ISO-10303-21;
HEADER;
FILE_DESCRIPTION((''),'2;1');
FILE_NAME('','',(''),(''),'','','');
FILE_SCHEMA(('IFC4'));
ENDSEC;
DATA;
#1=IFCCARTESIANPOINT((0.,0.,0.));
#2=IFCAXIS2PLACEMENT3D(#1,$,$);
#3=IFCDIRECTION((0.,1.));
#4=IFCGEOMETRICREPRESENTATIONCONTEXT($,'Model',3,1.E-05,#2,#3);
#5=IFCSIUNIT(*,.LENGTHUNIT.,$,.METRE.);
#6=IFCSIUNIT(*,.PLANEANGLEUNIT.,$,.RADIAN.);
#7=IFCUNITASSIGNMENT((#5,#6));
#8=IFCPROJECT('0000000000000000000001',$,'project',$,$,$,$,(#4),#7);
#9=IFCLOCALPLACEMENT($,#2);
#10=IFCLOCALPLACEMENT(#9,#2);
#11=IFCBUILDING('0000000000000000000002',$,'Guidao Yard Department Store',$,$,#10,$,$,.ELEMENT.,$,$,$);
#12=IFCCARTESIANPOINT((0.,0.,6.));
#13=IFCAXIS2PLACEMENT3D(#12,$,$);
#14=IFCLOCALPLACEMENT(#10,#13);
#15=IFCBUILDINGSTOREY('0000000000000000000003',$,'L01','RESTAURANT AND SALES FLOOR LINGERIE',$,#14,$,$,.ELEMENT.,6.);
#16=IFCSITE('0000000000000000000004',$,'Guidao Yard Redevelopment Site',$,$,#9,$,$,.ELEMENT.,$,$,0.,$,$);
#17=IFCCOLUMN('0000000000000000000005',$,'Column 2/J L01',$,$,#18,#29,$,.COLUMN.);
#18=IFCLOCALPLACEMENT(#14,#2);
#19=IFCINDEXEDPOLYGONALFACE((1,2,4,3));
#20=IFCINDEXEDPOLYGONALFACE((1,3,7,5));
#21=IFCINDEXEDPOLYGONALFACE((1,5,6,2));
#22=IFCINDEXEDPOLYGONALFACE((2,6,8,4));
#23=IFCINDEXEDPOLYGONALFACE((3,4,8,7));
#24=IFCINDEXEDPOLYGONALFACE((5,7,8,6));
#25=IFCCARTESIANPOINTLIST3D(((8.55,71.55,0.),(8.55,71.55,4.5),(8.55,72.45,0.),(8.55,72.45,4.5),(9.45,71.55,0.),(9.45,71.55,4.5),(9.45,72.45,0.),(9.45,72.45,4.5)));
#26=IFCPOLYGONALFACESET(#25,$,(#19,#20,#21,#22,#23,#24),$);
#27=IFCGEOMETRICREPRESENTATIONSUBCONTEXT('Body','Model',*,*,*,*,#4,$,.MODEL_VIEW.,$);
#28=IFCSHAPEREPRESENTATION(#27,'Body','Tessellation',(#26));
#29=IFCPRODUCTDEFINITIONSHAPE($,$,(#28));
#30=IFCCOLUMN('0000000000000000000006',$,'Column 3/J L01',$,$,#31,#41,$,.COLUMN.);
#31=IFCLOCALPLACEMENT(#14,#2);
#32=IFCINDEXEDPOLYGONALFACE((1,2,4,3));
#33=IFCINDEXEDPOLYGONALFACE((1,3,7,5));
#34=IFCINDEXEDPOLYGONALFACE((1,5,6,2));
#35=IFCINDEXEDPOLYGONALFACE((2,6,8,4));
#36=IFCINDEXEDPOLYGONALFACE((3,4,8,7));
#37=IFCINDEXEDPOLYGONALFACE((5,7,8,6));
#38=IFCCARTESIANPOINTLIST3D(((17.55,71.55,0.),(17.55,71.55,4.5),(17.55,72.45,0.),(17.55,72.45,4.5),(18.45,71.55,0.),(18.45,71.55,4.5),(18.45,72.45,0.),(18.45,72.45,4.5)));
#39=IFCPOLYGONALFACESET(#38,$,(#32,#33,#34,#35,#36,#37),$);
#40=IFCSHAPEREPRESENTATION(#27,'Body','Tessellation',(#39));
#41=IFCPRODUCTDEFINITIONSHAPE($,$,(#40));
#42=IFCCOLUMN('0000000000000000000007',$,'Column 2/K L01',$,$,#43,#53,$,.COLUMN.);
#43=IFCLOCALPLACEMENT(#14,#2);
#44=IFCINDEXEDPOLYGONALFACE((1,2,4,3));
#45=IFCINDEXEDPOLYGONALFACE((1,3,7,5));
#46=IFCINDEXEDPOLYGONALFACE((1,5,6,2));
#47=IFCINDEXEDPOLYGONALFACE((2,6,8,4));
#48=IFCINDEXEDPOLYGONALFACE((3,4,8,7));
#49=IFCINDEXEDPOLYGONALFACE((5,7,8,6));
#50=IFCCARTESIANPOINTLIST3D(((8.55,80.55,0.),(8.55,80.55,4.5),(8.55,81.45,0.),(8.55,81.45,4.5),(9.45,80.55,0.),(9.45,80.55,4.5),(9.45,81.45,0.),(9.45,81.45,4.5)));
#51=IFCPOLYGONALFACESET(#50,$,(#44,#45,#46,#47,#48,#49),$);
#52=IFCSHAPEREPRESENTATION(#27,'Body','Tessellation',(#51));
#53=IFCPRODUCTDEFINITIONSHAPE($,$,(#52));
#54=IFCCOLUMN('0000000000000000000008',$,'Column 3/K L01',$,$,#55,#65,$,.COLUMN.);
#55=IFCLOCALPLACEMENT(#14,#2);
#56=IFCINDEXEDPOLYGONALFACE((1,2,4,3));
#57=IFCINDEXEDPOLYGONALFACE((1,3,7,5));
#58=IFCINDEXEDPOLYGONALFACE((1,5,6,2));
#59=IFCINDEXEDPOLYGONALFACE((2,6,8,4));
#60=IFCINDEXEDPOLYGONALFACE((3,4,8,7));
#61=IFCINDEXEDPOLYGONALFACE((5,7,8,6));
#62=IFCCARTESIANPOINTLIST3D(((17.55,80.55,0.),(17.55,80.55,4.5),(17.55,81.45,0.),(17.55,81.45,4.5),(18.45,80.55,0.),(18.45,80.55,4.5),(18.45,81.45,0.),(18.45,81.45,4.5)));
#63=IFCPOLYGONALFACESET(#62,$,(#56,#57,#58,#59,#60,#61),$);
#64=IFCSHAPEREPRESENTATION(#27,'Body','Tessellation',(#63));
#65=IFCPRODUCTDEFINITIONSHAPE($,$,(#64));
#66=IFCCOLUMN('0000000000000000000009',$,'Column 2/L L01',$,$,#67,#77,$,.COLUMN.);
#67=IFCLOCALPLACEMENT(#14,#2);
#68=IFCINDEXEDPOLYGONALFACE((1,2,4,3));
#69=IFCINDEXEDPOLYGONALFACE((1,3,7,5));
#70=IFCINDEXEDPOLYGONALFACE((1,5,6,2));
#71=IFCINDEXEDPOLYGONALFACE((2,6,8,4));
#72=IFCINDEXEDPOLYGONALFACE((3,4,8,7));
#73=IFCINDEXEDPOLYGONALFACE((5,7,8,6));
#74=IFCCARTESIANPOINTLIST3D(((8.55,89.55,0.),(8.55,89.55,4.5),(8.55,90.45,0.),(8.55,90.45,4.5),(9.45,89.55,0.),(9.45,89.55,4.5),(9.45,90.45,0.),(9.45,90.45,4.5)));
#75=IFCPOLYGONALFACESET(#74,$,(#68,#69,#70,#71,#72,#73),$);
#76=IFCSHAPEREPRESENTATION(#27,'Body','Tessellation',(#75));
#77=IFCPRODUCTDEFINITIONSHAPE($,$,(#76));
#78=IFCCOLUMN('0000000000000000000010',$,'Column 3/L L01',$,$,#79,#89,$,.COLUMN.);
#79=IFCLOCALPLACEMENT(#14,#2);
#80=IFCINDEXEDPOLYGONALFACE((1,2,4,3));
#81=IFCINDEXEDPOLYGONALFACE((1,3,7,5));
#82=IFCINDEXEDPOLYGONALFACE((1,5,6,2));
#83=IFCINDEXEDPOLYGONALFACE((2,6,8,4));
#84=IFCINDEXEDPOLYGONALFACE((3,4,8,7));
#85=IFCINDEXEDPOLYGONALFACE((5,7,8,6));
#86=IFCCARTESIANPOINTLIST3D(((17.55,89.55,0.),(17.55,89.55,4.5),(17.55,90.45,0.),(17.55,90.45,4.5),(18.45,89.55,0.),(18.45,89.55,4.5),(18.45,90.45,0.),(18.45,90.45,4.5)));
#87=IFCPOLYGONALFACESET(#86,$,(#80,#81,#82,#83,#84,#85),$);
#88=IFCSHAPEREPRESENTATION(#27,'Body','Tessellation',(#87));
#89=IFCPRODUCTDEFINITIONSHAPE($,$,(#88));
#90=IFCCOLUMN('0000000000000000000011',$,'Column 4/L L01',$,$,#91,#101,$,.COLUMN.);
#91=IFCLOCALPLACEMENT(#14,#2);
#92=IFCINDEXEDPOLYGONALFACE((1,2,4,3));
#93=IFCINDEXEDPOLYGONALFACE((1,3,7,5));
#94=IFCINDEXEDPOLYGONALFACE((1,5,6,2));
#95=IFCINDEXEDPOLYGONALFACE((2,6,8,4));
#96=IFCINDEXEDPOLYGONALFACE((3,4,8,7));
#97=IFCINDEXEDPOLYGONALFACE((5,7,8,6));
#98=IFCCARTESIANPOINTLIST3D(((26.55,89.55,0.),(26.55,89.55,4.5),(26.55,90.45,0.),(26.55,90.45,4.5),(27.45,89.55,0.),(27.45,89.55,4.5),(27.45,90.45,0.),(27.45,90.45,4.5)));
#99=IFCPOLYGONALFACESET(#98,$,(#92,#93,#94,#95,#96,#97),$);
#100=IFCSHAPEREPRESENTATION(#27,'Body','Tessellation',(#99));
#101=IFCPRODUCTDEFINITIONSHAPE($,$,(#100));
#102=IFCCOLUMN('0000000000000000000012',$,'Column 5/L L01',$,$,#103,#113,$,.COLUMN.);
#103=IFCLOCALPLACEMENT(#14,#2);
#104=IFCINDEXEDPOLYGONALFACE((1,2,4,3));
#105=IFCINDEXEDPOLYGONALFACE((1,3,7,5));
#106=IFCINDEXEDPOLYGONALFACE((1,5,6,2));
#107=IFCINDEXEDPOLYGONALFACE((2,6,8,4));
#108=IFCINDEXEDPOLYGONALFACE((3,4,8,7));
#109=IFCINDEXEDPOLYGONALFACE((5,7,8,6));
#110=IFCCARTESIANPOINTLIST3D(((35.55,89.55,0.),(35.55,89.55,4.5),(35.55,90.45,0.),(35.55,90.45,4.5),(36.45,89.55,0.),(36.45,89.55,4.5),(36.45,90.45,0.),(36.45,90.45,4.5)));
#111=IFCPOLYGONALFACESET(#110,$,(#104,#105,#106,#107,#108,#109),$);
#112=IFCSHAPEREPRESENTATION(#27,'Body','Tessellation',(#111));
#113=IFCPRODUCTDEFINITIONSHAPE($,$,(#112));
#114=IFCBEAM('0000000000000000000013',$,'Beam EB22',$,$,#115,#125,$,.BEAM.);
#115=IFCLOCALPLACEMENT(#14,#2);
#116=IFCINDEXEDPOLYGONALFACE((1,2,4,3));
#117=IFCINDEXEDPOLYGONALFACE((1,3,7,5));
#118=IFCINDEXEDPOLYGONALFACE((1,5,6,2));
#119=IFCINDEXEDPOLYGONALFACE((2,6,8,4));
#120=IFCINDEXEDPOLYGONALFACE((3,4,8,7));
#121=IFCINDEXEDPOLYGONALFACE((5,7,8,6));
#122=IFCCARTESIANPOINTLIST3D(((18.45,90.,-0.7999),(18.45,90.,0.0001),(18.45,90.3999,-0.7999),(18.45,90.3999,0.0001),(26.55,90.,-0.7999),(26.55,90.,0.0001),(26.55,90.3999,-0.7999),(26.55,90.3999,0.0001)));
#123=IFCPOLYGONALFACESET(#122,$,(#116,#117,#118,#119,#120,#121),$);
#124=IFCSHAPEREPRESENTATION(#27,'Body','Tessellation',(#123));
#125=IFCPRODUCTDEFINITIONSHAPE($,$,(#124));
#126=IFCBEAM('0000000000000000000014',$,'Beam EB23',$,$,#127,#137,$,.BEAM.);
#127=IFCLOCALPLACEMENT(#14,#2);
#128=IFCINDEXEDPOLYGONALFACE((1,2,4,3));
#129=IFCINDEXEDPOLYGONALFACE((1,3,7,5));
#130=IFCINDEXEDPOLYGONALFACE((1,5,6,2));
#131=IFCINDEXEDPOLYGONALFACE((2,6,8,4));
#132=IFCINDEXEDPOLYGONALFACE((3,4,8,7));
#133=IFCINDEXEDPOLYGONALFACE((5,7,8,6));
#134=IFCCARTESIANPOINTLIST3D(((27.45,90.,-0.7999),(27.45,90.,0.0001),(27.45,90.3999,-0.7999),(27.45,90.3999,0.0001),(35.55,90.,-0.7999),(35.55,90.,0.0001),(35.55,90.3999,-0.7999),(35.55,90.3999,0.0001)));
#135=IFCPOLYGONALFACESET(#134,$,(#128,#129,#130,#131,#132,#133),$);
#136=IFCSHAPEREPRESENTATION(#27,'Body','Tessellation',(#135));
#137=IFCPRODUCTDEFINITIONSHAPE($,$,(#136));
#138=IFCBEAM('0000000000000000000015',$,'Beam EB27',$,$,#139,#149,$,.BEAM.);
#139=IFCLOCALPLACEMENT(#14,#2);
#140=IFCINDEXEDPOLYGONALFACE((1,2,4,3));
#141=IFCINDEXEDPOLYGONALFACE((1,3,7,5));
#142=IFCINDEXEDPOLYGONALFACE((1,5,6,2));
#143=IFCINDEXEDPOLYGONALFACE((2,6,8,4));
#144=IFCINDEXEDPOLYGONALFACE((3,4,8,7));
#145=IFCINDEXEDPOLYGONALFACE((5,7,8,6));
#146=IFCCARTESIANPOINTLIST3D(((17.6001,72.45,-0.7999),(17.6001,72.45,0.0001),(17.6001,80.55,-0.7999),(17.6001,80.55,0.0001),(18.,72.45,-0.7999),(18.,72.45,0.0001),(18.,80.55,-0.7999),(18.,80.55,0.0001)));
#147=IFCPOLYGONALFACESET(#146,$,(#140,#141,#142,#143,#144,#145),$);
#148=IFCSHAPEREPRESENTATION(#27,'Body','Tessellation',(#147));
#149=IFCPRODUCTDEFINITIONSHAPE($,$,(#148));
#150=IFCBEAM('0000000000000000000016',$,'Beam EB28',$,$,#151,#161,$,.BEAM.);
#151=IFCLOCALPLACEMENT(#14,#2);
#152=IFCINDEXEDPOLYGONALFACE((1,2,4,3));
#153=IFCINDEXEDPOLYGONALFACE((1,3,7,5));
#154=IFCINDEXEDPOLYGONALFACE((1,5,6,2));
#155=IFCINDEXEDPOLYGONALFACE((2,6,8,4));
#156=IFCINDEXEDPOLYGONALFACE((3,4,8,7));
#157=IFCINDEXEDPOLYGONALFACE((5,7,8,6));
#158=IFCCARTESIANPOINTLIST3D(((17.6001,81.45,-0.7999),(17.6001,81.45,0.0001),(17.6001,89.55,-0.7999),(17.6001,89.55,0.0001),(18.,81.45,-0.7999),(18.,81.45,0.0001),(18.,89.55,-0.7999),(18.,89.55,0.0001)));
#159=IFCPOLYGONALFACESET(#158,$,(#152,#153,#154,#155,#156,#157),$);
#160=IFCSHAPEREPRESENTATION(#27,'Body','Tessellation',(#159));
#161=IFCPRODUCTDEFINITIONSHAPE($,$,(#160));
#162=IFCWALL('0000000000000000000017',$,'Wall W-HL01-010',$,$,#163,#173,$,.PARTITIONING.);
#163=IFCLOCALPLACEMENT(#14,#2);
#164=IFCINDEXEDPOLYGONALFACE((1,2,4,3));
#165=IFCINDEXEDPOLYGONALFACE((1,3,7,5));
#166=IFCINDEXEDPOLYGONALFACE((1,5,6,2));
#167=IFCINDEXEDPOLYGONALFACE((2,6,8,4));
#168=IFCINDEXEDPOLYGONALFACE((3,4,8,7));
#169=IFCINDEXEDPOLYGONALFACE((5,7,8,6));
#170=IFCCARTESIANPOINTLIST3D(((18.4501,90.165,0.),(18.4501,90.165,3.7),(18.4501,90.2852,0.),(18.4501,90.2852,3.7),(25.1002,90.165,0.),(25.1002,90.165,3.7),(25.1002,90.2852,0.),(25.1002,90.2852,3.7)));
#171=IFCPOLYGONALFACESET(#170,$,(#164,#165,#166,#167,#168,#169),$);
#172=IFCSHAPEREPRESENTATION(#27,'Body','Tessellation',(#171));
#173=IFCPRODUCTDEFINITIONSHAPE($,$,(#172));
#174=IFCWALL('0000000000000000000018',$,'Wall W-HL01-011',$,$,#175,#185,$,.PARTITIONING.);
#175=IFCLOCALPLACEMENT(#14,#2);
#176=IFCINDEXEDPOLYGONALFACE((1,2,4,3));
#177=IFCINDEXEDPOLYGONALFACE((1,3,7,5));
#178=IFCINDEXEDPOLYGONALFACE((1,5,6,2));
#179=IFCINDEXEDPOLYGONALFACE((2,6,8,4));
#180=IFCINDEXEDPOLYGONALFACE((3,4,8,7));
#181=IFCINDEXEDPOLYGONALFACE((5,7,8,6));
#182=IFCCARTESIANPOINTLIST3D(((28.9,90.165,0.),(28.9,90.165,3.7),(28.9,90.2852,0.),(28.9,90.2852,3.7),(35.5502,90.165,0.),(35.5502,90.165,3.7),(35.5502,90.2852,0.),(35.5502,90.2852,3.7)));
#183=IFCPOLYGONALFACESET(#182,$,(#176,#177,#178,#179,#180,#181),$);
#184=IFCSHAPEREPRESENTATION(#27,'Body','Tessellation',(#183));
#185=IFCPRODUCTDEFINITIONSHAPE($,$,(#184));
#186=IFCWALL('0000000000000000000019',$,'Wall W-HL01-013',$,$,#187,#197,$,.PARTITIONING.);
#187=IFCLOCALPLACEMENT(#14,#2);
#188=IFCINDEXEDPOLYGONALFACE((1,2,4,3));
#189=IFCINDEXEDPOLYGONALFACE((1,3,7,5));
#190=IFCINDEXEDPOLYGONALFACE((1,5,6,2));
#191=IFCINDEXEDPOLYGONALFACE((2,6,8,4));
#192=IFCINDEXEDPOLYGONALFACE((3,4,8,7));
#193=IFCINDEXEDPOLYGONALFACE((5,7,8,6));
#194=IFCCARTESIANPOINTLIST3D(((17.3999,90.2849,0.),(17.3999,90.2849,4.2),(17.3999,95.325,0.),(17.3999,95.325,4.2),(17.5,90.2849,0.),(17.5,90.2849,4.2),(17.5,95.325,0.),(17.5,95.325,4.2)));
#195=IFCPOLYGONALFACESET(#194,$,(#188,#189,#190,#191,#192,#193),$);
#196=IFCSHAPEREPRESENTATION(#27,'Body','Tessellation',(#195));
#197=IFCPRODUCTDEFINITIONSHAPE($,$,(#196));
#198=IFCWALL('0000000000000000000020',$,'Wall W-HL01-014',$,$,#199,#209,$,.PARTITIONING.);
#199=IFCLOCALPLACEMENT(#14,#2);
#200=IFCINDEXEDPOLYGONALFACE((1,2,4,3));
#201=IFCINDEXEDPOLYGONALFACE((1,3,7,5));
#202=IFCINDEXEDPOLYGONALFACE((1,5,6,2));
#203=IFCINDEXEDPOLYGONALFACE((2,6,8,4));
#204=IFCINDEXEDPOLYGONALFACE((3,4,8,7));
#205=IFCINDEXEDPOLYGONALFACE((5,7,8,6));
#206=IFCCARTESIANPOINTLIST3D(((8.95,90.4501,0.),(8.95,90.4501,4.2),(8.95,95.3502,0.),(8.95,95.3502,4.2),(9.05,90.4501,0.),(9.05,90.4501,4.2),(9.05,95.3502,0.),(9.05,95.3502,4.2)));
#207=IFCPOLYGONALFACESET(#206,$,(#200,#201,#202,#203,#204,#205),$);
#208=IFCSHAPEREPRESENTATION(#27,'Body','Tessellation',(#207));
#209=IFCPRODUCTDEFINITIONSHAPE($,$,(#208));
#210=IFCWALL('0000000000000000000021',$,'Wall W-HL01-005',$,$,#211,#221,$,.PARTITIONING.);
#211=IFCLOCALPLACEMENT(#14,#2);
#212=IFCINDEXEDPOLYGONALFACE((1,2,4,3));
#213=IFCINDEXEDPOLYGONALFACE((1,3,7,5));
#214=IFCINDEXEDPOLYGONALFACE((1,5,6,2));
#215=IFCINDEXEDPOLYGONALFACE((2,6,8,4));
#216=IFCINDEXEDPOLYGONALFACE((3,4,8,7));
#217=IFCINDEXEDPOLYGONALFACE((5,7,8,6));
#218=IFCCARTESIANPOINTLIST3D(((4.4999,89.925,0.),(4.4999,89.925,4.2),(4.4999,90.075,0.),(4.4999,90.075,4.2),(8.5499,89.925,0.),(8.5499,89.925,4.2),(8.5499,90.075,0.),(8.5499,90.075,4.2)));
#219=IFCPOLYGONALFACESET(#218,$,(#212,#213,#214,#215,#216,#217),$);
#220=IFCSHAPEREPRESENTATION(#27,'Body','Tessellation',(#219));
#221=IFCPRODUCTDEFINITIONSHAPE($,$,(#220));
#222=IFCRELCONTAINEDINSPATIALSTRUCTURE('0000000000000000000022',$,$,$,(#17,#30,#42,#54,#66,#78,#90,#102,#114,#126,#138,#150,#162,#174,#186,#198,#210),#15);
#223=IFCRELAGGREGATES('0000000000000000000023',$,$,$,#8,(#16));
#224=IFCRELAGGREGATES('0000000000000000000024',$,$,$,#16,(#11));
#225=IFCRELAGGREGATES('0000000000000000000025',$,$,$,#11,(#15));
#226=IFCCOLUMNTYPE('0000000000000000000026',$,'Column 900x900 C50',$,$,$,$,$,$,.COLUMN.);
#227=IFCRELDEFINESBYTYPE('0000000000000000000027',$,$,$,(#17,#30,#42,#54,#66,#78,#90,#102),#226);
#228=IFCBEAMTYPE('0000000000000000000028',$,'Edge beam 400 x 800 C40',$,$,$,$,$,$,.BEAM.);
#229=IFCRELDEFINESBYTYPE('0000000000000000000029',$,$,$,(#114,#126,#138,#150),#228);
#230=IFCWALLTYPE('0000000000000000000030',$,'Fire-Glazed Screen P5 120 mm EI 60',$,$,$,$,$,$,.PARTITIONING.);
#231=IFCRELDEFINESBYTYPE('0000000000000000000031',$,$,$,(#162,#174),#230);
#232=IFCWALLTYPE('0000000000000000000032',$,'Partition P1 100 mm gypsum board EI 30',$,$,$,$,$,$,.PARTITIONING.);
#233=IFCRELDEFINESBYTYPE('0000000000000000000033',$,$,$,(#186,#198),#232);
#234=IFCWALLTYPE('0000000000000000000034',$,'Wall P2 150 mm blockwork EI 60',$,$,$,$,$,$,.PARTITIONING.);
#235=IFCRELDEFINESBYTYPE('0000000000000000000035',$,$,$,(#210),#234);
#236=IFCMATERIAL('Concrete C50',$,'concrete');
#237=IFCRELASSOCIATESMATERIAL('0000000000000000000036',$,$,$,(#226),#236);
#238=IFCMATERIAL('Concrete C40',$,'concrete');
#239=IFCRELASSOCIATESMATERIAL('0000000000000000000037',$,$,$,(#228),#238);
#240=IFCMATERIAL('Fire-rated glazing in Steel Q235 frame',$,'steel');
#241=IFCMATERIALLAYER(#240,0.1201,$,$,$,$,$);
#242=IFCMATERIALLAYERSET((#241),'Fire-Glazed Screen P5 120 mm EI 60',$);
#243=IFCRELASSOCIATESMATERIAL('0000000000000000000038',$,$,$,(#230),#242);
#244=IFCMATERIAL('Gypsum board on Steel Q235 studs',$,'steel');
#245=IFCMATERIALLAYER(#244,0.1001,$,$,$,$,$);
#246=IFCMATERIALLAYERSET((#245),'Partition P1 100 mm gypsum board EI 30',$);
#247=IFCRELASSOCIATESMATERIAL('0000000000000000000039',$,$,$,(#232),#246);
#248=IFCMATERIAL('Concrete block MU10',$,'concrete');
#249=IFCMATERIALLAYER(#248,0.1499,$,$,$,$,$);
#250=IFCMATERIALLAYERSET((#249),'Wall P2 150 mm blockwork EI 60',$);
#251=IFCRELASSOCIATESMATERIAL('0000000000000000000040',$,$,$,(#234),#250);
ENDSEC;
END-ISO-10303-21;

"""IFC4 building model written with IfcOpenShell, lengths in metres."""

from ifc_helpers import new_model, si_unit, direction, frame, frame_2d, origin, origin_2d, place, context, subcontext, project, spatial, rectangle, extrude, material, layer, layer_set, material_profile, profile_set, type_object, element, save


model = new_model("IFC4")

# Units and contexts
model_context = context("Model", 3, precision=1e-05, world=origin(), true_north=direction((0.0, 1.0)))
body_context = subcontext(model_context, "Body", "Model", "MODEL_VIEW")
ifc_project = project(units=[si_unit("LENGTHUNIT", "METRE"), si_unit("PLANEANGLEUNIT", "RADIAN")], contexts=[model_context])

# Site, building, storey
site_placement = place(None, origin())
site = spatial("IfcSite", under=ifc_project, at=site_placement, Name="Guidao Yard Redevelopment Site", CompositionType="ELEMENT", RefElevation=0.0)
building_placement = place(site_placement, origin())
building = spatial("IfcBuilding", under=site, at=building_placement, Name="Guidao Yard Department Store", CompositionType="ELEMENT")
storey_placement = place(building_placement, frame((0.0, 0.0, 6.0)))
storey = spatial("IfcBuildingStorey", under=building, at=storey_placement, Name="L01", Description="RESTAURANT AND SALES FLOOR LINGERIE", CompositionType="ELEMENT", Elevation=6.0)

# Columns
ifc_material_1 = material(Name="Concrete C50", Category="concrete")
ifc_material_profile_1 = material_profile(ifc_material_1, rectangle(XDim=0.8999, YDim=0.8999, at=origin_2d()), Name="COL 900x900")
ifc_profile_set_1 = profile_set([ifc_material_profile_1], Name="Concrete C50")
column_type = type_object("IfcColumnType", Name="Column 900x900 C50", PredefinedType="COLUMN", material=ifc_profile_set_1)
for number, where, z_axis, x_axis, name in (
    (1, (9.0, 72.0, 0.0), (0.0, 0.0, 1.0), (1.0, 0.0, 0.0), "Column 2/J L01"),
    (2, (18.0, 72.0, 0.0), (0.0, 0.0, 1.0), (1.0, 0.0, 0.0), "Column 3/J L01"),
    (3, (9.0, 81.0, 0.0), (0.0, 0.0, 1.0), (1.0, 0.0, 0.0), "Column 2/K L01"),
    (4, (18.0, 81.0, 0.0), (0.0, 0.0, 1.0), (1.0, 0.0, 0.0), "Column 3/K L01"),
    (5, (9.0, 90.0, 0.0), (0.0, 0.0, 1.0), (1.0, 0.0, 0.0), "Column 2/L L01"),
    (6, (18.0, 90.0, 0.0), (0.0, 0.0, 1.0), (1.0, 0.0, 0.0), "Column 3/L L01"),
    (7, (27.0, 90.0, 0.0), (0.0, 0.0, 1.0), (1.0, 0.0, 0.0), "Column 4/L L01"),
    (8, (36.0, 90.0, 0.0), (0.0, 0.0, 1.0), (1.0, 0.0, 0.0), "Column 5/L L01"),
):
    element("IfcColumn", number, at=place(storey_placement, frame(where, z_axis=z_axis, x_axis=x_axis)), inside=storey, type_object=column_type, Name=name, PredefinedType="COLUMN", context=body_context, shape_type="SweptSolid", body=[
        extrude(rectangle(XDim=0.8999, YDim=0.8999, at=origin_2d()), origin(), (0.0, 0.0, 1.0), 4.5),
    ])

# Beams
ifc_material_2 = material(Name="Concrete C40", Category="concrete")
ifc_material_profile_2 = material_profile(ifc_material_2, rectangle(XDim=0.3999, YDim=0.8, at=origin_2d()), Name="Edge beam 400 x 800 C40")
ifc_profile_set_2 = profile_set([ifc_material_profile_2], Name="Concrete C40")
beam_type = type_object("IfcBeamType", Name="Edge beam 400 x 800 C40", PredefinedType="BEAM", material=ifc_profile_set_2)
for number, where, z_axis, x_axis, name in (
    (9, (18.45, 90.2, -0.3999), (1.0, 0.0, 0.0), (0.0, 1.0, 0.0), "Beam EB22"),
    (10, (27.45, 90.2, -0.3999), (1.0, 0.0, 0.0), (0.0, 1.0, 0.0), "Beam EB23"),
    (11, (17.8, 72.45, -0.3999), (0.0, 1.0, 0.0), (-1.0, 0.0, 0.0), "Beam EB27"),
    (12, (17.8, 81.45, -0.3999), (0.0, 1.0, 0.0), (-1.0, 0.0, 0.0), "Beam EB28"),
):
    element("IfcBeam", number, at=place(storey_placement, frame(where, z_axis=z_axis, x_axis=x_axis)), inside=storey, type_object=beam_type, Name=name, PredefinedType="BEAM", context=body_context, shape_type="SweptSolid", body=[
        extrude(rectangle(XDim=0.3999, YDim=0.8, at=origin_2d()), origin(), (0.0, 0.0, 1.0), 8.1001),
    ])

# Walls
ifc_material_3 = material(Name="Fire-rated glazing in Steel Q235 frame", Category="steel")
ifc_layer_1 = layer(ifc_material_3, 0.1201)
ifc_layer_set_1 = layer_set([ifc_layer_1], Name="Fire-Glazed Screen P5 120 mm EI 60")
wall_type_1 = type_object("IfcWallType", Name="Fire-Glazed Screen P5 120 mm EI 60", PredefinedType="PARTITIONING", material=ifc_layer_set_1)
for number, where, z_axis, x_axis, name in (
    (13, (18.45, 90.2251, 0.0), (0.0, 0.0, 1.0), (1.0, 0.0, 0.0), "Wall W-HL01-010"),
    (14, (28.8999, 90.2251, 0.0), (0.0, 0.0, 1.0), (1.0, 0.0, 0.0), "Wall W-HL01-011"),
):
    element("IfcWall", number, at=place(storey_placement, frame(where, z_axis=z_axis, x_axis=x_axis)), inside=storey, type_object=wall_type_1, Name=name, PredefinedType="PARTITIONING", context=body_context, shape_type="SweptSolid", body=[
        extrude(rectangle(XDim=6.6501, YDim=0.1201, at=frame_2d((3.3252, 0.0))), origin(), (0.0, 0.0, 1.0), 3.7),
    ])
ifc_material_4 = material(Name="Gypsum board on Steel Q235 studs", Category="steel")
ifc_layer_2 = layer(ifc_material_4, 0.1001)
ifc_layer_set_2 = layer_set([ifc_layer_2], Name="Partition P1 100 mm gypsum board EI 30")
wall_type_2 = type_object("IfcWallType", Name="Partition P1 100 mm gypsum board EI 30", PredefinedType="PARTITIONING", material=ifc_layer_set_2)
wall_1_placement = place(storey_placement, frame((17.45, 90.2849, 0.0), z_axis=(0.0, 0.0, 1.0), x_axis=(0.0, 1.0, 0.0)))
element("IfcWall", 15, at=wall_1_placement, inside=storey, type_object=wall_type_2, Name="Wall W-HL01-013", PredefinedType="PARTITIONING", context=body_context, shape_type="SweptSolid", body=[
    extrude(rectangle(XDim=5.04, YDim=0.1001, at=frame_2d((2.52, 0.0))), origin(), (0.0, 0.0, 1.0), 4.2),
])
wall_2_placement = place(storey_placement, frame((9.0, 90.45, 0.0), z_axis=(0.0, 0.0, 1.0), x_axis=(0.0, 1.0, 0.0)))
element("IfcWall", 16, at=wall_2_placement, inside=storey, type_object=wall_type_2, Name="Wall W-HL01-014", PredefinedType="PARTITIONING", context=body_context, shape_type="SweptSolid", body=[
    extrude(rectangle(XDim=4.9001, YDim=0.1001, at=frame_2d((2.4502, 0.0))), origin(), (0.0, 0.0, 1.0), 4.2),
])
ifc_material_5 = material(Name="Concrete block MU10", Category="concrete")
ifc_layer_3 = layer(ifc_material_5, 0.1499)
ifc_layer_set_3 = layer_set([ifc_layer_3], Name="Wall P2 150 mm blockwork EI 60")
wall_type_3 = type_object("IfcWallType", Name="Wall P2 150 mm blockwork EI 60", PredefinedType="PARTITIONING", material=ifc_layer_set_3)
wall_3_placement = place(storey_placement, frame((4.5, 90.0, 0.0), z_axis=(0.0, 0.0, 1.0), x_axis=(1.0, 0.0, 0.0)))
element("IfcWall", 17, at=wall_3_placement, inside=storey, type_object=wall_type_3, Name="Wall W-HL01-005", PredefinedType="PARTITIONING", context=body_context, shape_type="SweptSolid", body=[
    extrude(rectangle(XDim=4.05, YDim=0.1499, at=frame_2d((2.0249, 0.0))), origin(), (0.0, 0.0, 1.0), 4.2),
])

save(model, "model.ifc")
